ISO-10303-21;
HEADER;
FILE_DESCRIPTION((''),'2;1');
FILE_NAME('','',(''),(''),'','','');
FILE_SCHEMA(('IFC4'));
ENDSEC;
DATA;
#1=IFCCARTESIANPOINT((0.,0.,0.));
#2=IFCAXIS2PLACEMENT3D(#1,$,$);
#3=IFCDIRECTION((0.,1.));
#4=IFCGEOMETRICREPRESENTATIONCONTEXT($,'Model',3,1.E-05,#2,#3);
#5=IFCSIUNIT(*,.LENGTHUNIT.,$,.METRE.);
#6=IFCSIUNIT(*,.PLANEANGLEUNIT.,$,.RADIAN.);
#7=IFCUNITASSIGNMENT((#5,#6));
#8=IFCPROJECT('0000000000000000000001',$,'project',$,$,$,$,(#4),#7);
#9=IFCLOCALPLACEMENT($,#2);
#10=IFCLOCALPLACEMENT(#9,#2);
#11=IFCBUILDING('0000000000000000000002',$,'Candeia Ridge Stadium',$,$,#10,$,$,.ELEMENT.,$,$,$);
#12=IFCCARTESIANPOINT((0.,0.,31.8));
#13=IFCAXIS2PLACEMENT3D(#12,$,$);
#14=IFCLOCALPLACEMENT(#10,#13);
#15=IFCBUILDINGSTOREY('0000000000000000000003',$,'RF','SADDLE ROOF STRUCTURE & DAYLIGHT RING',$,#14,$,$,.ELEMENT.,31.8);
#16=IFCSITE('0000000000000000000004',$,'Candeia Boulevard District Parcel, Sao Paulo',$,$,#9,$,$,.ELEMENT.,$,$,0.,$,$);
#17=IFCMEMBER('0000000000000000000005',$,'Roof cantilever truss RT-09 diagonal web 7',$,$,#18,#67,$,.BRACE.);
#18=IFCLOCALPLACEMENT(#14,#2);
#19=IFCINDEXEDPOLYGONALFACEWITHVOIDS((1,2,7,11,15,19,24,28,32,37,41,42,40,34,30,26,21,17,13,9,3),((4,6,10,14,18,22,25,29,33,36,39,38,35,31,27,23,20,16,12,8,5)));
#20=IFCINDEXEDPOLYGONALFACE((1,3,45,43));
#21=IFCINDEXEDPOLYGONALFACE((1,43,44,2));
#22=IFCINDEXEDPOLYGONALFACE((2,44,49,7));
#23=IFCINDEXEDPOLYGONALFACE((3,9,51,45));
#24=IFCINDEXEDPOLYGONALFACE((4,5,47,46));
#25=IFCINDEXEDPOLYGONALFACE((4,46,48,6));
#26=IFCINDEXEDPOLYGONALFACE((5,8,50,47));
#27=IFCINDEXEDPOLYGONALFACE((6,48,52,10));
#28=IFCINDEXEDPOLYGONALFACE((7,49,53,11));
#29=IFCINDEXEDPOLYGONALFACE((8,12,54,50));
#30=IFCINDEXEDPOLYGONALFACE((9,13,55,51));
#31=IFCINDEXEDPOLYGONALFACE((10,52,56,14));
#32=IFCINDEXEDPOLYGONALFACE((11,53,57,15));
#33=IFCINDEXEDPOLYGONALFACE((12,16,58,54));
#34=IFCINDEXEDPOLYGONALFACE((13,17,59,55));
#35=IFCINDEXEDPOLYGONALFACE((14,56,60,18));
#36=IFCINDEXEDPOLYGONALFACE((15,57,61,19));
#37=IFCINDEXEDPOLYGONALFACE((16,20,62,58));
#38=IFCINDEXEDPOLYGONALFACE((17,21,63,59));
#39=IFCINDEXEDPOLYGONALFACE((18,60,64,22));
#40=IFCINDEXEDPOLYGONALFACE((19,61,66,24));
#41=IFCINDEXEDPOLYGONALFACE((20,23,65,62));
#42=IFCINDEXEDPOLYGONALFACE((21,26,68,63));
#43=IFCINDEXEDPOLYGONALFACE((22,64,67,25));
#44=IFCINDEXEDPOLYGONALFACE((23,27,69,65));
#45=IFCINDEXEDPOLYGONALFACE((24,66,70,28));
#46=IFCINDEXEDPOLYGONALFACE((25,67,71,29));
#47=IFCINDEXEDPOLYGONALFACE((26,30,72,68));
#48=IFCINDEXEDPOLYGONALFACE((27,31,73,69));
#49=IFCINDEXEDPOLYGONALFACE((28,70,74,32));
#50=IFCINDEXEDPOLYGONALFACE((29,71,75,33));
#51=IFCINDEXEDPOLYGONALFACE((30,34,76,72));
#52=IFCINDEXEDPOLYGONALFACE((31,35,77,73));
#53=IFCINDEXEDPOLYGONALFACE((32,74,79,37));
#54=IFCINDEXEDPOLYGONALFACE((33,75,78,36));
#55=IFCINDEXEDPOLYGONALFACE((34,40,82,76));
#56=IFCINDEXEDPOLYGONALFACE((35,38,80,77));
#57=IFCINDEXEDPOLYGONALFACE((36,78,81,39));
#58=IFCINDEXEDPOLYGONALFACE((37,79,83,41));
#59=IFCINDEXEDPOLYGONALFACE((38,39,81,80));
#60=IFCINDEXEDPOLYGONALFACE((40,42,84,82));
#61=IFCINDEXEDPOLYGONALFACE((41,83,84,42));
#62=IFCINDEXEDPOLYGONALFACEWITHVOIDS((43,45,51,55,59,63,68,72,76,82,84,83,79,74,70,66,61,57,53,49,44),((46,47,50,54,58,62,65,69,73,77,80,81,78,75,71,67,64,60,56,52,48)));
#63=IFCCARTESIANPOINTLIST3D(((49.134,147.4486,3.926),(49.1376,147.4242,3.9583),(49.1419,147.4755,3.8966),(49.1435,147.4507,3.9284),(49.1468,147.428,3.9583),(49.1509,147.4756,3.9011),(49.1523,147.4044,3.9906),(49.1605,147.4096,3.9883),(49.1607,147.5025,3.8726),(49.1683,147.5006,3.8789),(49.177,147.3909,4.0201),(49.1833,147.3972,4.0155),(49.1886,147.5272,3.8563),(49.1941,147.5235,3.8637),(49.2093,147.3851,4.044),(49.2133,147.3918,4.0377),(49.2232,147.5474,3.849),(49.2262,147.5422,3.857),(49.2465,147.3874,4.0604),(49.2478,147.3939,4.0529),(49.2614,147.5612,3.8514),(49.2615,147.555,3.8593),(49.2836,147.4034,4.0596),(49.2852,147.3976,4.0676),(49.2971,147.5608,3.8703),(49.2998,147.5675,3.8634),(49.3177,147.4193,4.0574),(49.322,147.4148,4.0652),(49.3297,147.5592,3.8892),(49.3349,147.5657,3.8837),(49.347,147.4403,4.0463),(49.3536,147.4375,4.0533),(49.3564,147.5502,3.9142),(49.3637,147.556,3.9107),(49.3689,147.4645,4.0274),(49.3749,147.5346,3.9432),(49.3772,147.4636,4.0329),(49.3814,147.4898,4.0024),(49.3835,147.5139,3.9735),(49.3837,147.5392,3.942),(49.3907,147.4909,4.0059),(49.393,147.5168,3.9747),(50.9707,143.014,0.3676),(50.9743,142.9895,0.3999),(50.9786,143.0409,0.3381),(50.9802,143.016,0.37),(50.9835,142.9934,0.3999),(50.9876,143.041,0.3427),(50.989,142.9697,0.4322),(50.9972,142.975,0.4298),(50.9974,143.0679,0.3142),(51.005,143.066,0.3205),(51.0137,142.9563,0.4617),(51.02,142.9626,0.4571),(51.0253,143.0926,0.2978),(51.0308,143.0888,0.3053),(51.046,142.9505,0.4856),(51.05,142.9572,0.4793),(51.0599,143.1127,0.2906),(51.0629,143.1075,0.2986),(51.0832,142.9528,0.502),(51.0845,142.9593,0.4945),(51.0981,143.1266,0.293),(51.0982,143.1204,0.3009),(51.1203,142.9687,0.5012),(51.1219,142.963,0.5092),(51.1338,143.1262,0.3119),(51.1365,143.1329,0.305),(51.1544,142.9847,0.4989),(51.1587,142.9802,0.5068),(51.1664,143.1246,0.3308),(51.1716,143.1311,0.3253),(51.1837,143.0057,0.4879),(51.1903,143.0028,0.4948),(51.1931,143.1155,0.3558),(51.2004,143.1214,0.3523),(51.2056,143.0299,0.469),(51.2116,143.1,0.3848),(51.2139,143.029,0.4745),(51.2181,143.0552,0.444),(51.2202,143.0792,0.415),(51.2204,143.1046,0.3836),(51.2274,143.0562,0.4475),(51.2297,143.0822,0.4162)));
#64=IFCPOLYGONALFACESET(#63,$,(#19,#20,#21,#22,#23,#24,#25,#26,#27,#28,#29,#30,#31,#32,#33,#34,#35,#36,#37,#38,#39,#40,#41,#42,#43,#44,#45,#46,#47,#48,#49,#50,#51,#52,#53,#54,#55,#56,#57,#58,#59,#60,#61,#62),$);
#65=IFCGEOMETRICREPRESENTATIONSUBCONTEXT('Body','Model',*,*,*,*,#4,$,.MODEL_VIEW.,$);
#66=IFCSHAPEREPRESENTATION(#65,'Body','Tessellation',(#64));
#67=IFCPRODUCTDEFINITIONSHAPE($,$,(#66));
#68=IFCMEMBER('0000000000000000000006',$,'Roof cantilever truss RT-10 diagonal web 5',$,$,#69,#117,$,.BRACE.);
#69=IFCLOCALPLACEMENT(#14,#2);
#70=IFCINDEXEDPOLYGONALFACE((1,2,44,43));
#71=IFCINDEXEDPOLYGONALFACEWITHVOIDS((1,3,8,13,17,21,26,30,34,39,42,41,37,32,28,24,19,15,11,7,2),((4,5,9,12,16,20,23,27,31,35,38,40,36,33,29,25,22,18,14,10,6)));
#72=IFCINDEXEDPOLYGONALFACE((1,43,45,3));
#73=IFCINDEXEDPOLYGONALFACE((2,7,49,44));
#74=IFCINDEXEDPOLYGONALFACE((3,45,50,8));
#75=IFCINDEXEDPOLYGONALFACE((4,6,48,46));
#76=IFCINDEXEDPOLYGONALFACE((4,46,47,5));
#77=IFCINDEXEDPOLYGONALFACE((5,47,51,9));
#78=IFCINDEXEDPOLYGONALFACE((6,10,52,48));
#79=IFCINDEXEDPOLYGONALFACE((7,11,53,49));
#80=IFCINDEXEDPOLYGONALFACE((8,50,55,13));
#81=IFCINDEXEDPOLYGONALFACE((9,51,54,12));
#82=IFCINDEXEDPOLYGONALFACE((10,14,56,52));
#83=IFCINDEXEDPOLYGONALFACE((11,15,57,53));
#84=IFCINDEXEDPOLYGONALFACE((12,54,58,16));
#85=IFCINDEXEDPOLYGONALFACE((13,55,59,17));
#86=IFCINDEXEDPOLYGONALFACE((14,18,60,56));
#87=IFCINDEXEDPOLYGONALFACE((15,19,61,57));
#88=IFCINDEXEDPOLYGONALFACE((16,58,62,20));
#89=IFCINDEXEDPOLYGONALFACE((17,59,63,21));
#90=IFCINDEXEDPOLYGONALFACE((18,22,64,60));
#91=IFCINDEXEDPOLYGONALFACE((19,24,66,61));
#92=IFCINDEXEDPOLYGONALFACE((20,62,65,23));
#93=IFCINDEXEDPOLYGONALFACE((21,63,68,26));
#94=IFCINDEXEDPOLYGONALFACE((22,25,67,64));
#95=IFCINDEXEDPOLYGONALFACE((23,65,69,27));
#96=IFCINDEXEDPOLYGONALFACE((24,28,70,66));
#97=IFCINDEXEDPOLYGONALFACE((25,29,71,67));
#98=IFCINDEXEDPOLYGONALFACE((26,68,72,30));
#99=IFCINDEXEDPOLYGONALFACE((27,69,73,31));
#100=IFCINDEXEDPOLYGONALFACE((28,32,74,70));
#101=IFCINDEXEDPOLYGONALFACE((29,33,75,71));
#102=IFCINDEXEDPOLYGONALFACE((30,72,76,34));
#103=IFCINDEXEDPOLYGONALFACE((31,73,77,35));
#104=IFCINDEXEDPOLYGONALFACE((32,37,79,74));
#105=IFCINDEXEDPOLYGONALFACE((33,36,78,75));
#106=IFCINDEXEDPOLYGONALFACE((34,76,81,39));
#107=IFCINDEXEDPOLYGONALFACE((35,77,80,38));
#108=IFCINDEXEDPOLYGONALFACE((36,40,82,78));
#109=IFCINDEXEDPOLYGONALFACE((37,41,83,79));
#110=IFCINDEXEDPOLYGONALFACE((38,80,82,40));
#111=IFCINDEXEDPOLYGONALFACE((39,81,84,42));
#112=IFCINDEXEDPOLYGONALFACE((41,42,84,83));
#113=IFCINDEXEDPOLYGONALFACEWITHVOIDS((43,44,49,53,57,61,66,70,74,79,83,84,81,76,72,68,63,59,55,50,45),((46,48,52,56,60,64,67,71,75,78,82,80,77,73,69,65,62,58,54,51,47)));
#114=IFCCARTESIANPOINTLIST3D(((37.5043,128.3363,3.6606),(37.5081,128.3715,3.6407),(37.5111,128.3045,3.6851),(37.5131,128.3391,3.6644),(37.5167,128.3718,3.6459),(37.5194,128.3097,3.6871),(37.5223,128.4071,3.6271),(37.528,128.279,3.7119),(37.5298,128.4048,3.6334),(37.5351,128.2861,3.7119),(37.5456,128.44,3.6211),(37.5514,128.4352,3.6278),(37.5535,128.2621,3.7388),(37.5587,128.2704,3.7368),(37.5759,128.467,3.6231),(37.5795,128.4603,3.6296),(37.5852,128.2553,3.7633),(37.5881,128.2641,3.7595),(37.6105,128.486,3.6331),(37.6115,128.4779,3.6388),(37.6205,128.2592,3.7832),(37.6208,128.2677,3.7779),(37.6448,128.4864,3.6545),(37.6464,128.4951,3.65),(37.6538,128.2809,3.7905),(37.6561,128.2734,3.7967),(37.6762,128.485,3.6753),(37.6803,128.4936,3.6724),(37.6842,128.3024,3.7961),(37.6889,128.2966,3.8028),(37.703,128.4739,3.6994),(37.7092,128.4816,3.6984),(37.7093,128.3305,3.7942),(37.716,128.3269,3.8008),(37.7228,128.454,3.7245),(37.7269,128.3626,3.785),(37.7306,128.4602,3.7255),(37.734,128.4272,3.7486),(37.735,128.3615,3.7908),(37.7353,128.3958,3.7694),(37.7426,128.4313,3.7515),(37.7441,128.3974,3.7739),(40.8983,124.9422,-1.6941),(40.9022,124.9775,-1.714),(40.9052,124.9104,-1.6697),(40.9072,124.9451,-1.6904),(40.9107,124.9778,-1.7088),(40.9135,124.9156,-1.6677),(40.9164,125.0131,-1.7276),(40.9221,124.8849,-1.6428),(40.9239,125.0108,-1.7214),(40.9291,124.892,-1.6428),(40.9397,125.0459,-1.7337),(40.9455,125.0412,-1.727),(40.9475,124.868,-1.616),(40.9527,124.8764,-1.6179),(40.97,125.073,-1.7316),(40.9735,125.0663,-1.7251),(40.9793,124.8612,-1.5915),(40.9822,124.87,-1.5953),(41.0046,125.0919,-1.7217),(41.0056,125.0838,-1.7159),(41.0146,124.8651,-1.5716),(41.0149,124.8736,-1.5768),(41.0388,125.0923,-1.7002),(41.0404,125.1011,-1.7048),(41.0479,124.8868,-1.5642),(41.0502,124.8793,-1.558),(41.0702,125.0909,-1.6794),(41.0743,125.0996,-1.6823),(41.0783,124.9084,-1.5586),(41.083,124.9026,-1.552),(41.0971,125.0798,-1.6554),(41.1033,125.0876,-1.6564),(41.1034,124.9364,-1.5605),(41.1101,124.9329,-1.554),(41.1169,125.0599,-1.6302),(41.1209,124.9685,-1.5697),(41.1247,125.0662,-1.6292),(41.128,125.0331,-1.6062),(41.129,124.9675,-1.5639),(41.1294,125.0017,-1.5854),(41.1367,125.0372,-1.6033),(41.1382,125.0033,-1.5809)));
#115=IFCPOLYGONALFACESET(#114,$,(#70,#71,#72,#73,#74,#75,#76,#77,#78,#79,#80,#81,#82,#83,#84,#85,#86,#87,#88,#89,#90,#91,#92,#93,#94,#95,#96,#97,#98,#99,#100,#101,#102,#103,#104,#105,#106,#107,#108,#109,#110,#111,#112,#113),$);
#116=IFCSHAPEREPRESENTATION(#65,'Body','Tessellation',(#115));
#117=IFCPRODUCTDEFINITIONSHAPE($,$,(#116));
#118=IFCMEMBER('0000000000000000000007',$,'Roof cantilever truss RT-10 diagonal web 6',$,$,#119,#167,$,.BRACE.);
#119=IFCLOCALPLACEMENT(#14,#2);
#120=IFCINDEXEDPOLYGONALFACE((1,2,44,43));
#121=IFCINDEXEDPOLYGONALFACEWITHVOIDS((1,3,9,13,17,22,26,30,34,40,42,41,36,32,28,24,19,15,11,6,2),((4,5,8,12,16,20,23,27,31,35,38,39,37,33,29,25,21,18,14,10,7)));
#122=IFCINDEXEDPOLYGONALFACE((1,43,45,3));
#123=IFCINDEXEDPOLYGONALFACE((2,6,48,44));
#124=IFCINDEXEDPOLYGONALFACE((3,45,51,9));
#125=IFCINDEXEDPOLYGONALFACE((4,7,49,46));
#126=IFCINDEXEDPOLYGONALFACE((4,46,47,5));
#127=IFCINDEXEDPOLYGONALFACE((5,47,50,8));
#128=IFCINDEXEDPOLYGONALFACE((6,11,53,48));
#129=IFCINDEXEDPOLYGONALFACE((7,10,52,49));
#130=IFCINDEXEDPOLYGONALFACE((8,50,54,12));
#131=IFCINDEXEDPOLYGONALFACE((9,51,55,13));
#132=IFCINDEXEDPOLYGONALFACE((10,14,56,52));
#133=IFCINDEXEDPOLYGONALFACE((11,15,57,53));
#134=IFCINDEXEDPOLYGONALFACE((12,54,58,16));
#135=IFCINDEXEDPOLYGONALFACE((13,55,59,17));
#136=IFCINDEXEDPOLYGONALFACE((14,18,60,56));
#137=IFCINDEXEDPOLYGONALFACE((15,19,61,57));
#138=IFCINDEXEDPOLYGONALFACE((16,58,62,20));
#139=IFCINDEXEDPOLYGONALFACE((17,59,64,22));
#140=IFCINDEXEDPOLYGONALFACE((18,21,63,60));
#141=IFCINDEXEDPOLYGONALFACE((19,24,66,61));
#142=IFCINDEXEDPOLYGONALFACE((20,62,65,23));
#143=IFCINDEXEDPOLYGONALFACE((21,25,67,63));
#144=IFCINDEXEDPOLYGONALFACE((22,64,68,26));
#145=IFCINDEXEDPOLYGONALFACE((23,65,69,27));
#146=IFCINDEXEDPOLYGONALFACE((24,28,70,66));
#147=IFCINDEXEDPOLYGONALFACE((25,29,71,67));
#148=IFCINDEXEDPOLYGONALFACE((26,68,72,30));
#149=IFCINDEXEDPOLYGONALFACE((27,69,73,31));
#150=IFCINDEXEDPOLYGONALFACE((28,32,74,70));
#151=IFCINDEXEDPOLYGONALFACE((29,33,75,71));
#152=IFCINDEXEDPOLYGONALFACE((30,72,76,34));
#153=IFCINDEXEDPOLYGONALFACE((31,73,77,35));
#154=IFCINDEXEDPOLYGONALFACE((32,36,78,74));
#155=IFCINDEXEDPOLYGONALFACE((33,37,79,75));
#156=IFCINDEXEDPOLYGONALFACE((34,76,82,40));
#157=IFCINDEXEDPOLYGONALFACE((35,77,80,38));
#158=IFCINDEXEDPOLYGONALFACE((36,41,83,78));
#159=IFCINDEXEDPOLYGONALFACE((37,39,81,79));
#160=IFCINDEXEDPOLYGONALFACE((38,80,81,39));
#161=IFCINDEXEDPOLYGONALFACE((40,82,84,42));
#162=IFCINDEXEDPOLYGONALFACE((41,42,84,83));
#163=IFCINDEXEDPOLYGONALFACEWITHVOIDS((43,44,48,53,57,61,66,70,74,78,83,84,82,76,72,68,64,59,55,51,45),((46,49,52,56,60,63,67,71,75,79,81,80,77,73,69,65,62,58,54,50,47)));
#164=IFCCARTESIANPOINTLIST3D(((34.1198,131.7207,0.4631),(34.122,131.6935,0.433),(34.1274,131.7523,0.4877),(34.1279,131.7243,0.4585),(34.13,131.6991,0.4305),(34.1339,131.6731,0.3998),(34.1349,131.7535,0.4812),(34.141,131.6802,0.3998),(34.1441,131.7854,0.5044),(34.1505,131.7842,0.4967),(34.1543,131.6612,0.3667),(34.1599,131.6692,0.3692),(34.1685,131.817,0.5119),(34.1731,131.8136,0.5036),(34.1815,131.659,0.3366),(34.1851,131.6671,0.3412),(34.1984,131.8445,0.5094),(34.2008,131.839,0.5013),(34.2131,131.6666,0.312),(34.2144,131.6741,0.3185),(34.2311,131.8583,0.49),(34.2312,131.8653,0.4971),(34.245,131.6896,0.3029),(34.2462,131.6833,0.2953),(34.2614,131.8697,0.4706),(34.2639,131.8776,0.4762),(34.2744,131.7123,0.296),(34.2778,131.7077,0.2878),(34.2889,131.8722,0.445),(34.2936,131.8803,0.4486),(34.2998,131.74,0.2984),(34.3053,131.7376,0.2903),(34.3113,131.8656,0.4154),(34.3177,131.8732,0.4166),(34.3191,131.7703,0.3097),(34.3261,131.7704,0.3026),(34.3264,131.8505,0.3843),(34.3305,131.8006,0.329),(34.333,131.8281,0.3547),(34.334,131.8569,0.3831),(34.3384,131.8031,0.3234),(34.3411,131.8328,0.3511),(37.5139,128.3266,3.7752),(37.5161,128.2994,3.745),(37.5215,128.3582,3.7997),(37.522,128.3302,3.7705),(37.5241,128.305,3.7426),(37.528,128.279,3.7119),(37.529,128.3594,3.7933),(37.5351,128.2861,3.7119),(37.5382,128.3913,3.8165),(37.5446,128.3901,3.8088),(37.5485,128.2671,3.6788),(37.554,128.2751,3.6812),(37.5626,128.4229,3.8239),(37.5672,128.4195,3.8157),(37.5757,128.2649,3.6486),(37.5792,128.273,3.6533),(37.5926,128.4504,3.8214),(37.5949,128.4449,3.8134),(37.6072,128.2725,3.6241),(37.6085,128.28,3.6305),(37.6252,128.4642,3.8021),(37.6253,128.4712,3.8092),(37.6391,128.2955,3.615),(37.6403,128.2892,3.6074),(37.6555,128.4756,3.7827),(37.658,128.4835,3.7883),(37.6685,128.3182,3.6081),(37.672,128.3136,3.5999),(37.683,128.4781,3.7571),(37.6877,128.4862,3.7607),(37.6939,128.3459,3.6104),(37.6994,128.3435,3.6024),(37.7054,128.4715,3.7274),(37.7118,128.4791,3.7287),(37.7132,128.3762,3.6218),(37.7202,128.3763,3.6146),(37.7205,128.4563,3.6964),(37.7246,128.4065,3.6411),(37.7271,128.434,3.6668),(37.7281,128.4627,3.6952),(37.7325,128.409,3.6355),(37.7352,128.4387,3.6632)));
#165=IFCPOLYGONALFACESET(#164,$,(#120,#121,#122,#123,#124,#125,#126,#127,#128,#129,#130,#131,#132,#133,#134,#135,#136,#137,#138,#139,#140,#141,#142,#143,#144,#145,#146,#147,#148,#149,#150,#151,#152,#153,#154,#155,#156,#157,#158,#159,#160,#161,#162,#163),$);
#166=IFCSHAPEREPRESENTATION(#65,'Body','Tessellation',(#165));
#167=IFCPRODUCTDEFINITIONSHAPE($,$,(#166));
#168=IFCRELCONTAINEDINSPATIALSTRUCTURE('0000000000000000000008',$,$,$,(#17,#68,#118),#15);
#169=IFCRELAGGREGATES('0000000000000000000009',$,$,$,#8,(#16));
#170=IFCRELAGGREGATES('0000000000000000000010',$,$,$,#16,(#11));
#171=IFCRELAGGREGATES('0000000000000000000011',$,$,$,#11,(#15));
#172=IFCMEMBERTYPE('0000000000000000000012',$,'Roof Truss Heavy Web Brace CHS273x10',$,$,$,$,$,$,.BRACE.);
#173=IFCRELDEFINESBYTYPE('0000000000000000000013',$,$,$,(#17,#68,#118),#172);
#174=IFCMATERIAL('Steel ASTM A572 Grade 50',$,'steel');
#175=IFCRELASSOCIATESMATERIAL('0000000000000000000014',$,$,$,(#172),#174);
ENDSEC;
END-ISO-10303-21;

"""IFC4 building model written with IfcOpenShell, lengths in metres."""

from ifc_helpers import new_model, si_unit, direction, frame, origin, origin_2d, place, context, subcontext, project, spatial, hollow_circle, extrude, material, material_profile, profile_set, type_object, element, save


model = new_model("IFC4")

# Units and contexts
model_context = context("Model", 3, precision=1e-05, world=origin(), true_north=direction((0.0, 1.0)))
body_context = subcontext(model_context, "Body", "Model", "MODEL_VIEW")
ifc_project = project(units=[si_unit("LENGTHUNIT", "METRE"), si_unit("PLANEANGLEUNIT", "RADIAN")], contexts=[model_context])

# Site, building, storey
site_placement = place(None, origin())
site = spatial("IfcSite", under=ifc_project, at=site_placement, Name="Candeia Boulevard District Parcel, Sao Paulo", CompositionType="ELEMENT", RefElevation=0.0)
building_placement = place(site_placement, origin())
building = spatial("IfcBuilding", under=site, at=building_placement, Name="Candeia Ridge Stadium", CompositionType="ELEMENT")
storey_placement = place(building_placement, frame((0.0, 0.0, 31.8)))
storey = spatial("IfcBuildingStorey", under=building, at=storey_placement, Name="RF", Description="SADDLE ROOF STRUCTURE & DAYLIGHT RING", CompositionType="ELEMENT", Elevation=31.8)

# Shared definitions
ifc_material_1 = material(Name="Steel ASTM A572 Grade 50", Category="steel")

# Members
ifc_material_profile_1 = material_profile(ifc_material_1, hollow_circle(Radius=0.1365, WallThickness=0.01, at=origin_2d()), Name="CHS273x10", Category="steel")
ifc_profile_set_1 = profile_set([ifc_material_profile_1], Name="Steel ASTM A572 Grade 50")
member_type_1 = type_object("IfcMemberType", Name="Roof Truss Heavy Web Brace CHS273x10", PredefinedType="BRACE", material=ifc_profile_set_1)
member_1_placement = place(storey_placement, frame((51.1003, 143.0417, 0.3999), z_axis=(-0.307392, 0.742188, 0.59554), x_axis=(-0.923893, -0.38265, 0.0)))
element("IfcMember", 1, at=member_1_placement, inside=storey, type_object=member_type_1, Name="Roof cantilever truss RT-09 diagonal web 7", PredefinedType="BRACE", context=body_context, shape_type="SweptSolid", body=[
    extrude(hollow_circle(Radius=0.1365, WallThickness=0.01, at=origin_2d()), origin(), (0.0, 0.0, 1.0), 5.9751),
])
member_2_placement = place(storey_placement, frame((41.0186, 124.9814, -1.6428), z_axis=(-0.471977, 0.471977, 0.744631), x_axis=(-0.707107, -0.707107, 0.0)))
element("IfcMember", 2, at=member_2_placement, inside=storey, type_object=member_type_1, Name="Roof cantilever truss RT-10 diagonal web 5", PredefinedType="BRACE", context=body_context, shape_type="SweptSolid", body=[
    extrude(hollow_circle(Radius=0.1365, WallThickness=0.01, at=origin_2d()), origin(), (0.0, 0.0, 1.0), 7.1912),
])
member_3_placement = place(storey_placement, frame((37.6245, 128.3755, 3.7119), z_axis=(-0.582001, 0.582001, -0.567935), x_axis=(-0.707107, -0.707107, 0.0)))
element("IfcMember", 3, at=member_3_placement, inside=storey, type_object=member_type_1, Name="Roof cantilever truss RT-10 diagonal web 6", PredefinedType="BRACE", context=body_context, shape_type="SweptSolid", body=[
    extrude(hollow_circle(Radius=0.1365, WallThickness=0.01, at=origin_2d()), origin(), (0.0, 0.0, 1.0), 5.8318),
])

save(model, "model.ifc")
